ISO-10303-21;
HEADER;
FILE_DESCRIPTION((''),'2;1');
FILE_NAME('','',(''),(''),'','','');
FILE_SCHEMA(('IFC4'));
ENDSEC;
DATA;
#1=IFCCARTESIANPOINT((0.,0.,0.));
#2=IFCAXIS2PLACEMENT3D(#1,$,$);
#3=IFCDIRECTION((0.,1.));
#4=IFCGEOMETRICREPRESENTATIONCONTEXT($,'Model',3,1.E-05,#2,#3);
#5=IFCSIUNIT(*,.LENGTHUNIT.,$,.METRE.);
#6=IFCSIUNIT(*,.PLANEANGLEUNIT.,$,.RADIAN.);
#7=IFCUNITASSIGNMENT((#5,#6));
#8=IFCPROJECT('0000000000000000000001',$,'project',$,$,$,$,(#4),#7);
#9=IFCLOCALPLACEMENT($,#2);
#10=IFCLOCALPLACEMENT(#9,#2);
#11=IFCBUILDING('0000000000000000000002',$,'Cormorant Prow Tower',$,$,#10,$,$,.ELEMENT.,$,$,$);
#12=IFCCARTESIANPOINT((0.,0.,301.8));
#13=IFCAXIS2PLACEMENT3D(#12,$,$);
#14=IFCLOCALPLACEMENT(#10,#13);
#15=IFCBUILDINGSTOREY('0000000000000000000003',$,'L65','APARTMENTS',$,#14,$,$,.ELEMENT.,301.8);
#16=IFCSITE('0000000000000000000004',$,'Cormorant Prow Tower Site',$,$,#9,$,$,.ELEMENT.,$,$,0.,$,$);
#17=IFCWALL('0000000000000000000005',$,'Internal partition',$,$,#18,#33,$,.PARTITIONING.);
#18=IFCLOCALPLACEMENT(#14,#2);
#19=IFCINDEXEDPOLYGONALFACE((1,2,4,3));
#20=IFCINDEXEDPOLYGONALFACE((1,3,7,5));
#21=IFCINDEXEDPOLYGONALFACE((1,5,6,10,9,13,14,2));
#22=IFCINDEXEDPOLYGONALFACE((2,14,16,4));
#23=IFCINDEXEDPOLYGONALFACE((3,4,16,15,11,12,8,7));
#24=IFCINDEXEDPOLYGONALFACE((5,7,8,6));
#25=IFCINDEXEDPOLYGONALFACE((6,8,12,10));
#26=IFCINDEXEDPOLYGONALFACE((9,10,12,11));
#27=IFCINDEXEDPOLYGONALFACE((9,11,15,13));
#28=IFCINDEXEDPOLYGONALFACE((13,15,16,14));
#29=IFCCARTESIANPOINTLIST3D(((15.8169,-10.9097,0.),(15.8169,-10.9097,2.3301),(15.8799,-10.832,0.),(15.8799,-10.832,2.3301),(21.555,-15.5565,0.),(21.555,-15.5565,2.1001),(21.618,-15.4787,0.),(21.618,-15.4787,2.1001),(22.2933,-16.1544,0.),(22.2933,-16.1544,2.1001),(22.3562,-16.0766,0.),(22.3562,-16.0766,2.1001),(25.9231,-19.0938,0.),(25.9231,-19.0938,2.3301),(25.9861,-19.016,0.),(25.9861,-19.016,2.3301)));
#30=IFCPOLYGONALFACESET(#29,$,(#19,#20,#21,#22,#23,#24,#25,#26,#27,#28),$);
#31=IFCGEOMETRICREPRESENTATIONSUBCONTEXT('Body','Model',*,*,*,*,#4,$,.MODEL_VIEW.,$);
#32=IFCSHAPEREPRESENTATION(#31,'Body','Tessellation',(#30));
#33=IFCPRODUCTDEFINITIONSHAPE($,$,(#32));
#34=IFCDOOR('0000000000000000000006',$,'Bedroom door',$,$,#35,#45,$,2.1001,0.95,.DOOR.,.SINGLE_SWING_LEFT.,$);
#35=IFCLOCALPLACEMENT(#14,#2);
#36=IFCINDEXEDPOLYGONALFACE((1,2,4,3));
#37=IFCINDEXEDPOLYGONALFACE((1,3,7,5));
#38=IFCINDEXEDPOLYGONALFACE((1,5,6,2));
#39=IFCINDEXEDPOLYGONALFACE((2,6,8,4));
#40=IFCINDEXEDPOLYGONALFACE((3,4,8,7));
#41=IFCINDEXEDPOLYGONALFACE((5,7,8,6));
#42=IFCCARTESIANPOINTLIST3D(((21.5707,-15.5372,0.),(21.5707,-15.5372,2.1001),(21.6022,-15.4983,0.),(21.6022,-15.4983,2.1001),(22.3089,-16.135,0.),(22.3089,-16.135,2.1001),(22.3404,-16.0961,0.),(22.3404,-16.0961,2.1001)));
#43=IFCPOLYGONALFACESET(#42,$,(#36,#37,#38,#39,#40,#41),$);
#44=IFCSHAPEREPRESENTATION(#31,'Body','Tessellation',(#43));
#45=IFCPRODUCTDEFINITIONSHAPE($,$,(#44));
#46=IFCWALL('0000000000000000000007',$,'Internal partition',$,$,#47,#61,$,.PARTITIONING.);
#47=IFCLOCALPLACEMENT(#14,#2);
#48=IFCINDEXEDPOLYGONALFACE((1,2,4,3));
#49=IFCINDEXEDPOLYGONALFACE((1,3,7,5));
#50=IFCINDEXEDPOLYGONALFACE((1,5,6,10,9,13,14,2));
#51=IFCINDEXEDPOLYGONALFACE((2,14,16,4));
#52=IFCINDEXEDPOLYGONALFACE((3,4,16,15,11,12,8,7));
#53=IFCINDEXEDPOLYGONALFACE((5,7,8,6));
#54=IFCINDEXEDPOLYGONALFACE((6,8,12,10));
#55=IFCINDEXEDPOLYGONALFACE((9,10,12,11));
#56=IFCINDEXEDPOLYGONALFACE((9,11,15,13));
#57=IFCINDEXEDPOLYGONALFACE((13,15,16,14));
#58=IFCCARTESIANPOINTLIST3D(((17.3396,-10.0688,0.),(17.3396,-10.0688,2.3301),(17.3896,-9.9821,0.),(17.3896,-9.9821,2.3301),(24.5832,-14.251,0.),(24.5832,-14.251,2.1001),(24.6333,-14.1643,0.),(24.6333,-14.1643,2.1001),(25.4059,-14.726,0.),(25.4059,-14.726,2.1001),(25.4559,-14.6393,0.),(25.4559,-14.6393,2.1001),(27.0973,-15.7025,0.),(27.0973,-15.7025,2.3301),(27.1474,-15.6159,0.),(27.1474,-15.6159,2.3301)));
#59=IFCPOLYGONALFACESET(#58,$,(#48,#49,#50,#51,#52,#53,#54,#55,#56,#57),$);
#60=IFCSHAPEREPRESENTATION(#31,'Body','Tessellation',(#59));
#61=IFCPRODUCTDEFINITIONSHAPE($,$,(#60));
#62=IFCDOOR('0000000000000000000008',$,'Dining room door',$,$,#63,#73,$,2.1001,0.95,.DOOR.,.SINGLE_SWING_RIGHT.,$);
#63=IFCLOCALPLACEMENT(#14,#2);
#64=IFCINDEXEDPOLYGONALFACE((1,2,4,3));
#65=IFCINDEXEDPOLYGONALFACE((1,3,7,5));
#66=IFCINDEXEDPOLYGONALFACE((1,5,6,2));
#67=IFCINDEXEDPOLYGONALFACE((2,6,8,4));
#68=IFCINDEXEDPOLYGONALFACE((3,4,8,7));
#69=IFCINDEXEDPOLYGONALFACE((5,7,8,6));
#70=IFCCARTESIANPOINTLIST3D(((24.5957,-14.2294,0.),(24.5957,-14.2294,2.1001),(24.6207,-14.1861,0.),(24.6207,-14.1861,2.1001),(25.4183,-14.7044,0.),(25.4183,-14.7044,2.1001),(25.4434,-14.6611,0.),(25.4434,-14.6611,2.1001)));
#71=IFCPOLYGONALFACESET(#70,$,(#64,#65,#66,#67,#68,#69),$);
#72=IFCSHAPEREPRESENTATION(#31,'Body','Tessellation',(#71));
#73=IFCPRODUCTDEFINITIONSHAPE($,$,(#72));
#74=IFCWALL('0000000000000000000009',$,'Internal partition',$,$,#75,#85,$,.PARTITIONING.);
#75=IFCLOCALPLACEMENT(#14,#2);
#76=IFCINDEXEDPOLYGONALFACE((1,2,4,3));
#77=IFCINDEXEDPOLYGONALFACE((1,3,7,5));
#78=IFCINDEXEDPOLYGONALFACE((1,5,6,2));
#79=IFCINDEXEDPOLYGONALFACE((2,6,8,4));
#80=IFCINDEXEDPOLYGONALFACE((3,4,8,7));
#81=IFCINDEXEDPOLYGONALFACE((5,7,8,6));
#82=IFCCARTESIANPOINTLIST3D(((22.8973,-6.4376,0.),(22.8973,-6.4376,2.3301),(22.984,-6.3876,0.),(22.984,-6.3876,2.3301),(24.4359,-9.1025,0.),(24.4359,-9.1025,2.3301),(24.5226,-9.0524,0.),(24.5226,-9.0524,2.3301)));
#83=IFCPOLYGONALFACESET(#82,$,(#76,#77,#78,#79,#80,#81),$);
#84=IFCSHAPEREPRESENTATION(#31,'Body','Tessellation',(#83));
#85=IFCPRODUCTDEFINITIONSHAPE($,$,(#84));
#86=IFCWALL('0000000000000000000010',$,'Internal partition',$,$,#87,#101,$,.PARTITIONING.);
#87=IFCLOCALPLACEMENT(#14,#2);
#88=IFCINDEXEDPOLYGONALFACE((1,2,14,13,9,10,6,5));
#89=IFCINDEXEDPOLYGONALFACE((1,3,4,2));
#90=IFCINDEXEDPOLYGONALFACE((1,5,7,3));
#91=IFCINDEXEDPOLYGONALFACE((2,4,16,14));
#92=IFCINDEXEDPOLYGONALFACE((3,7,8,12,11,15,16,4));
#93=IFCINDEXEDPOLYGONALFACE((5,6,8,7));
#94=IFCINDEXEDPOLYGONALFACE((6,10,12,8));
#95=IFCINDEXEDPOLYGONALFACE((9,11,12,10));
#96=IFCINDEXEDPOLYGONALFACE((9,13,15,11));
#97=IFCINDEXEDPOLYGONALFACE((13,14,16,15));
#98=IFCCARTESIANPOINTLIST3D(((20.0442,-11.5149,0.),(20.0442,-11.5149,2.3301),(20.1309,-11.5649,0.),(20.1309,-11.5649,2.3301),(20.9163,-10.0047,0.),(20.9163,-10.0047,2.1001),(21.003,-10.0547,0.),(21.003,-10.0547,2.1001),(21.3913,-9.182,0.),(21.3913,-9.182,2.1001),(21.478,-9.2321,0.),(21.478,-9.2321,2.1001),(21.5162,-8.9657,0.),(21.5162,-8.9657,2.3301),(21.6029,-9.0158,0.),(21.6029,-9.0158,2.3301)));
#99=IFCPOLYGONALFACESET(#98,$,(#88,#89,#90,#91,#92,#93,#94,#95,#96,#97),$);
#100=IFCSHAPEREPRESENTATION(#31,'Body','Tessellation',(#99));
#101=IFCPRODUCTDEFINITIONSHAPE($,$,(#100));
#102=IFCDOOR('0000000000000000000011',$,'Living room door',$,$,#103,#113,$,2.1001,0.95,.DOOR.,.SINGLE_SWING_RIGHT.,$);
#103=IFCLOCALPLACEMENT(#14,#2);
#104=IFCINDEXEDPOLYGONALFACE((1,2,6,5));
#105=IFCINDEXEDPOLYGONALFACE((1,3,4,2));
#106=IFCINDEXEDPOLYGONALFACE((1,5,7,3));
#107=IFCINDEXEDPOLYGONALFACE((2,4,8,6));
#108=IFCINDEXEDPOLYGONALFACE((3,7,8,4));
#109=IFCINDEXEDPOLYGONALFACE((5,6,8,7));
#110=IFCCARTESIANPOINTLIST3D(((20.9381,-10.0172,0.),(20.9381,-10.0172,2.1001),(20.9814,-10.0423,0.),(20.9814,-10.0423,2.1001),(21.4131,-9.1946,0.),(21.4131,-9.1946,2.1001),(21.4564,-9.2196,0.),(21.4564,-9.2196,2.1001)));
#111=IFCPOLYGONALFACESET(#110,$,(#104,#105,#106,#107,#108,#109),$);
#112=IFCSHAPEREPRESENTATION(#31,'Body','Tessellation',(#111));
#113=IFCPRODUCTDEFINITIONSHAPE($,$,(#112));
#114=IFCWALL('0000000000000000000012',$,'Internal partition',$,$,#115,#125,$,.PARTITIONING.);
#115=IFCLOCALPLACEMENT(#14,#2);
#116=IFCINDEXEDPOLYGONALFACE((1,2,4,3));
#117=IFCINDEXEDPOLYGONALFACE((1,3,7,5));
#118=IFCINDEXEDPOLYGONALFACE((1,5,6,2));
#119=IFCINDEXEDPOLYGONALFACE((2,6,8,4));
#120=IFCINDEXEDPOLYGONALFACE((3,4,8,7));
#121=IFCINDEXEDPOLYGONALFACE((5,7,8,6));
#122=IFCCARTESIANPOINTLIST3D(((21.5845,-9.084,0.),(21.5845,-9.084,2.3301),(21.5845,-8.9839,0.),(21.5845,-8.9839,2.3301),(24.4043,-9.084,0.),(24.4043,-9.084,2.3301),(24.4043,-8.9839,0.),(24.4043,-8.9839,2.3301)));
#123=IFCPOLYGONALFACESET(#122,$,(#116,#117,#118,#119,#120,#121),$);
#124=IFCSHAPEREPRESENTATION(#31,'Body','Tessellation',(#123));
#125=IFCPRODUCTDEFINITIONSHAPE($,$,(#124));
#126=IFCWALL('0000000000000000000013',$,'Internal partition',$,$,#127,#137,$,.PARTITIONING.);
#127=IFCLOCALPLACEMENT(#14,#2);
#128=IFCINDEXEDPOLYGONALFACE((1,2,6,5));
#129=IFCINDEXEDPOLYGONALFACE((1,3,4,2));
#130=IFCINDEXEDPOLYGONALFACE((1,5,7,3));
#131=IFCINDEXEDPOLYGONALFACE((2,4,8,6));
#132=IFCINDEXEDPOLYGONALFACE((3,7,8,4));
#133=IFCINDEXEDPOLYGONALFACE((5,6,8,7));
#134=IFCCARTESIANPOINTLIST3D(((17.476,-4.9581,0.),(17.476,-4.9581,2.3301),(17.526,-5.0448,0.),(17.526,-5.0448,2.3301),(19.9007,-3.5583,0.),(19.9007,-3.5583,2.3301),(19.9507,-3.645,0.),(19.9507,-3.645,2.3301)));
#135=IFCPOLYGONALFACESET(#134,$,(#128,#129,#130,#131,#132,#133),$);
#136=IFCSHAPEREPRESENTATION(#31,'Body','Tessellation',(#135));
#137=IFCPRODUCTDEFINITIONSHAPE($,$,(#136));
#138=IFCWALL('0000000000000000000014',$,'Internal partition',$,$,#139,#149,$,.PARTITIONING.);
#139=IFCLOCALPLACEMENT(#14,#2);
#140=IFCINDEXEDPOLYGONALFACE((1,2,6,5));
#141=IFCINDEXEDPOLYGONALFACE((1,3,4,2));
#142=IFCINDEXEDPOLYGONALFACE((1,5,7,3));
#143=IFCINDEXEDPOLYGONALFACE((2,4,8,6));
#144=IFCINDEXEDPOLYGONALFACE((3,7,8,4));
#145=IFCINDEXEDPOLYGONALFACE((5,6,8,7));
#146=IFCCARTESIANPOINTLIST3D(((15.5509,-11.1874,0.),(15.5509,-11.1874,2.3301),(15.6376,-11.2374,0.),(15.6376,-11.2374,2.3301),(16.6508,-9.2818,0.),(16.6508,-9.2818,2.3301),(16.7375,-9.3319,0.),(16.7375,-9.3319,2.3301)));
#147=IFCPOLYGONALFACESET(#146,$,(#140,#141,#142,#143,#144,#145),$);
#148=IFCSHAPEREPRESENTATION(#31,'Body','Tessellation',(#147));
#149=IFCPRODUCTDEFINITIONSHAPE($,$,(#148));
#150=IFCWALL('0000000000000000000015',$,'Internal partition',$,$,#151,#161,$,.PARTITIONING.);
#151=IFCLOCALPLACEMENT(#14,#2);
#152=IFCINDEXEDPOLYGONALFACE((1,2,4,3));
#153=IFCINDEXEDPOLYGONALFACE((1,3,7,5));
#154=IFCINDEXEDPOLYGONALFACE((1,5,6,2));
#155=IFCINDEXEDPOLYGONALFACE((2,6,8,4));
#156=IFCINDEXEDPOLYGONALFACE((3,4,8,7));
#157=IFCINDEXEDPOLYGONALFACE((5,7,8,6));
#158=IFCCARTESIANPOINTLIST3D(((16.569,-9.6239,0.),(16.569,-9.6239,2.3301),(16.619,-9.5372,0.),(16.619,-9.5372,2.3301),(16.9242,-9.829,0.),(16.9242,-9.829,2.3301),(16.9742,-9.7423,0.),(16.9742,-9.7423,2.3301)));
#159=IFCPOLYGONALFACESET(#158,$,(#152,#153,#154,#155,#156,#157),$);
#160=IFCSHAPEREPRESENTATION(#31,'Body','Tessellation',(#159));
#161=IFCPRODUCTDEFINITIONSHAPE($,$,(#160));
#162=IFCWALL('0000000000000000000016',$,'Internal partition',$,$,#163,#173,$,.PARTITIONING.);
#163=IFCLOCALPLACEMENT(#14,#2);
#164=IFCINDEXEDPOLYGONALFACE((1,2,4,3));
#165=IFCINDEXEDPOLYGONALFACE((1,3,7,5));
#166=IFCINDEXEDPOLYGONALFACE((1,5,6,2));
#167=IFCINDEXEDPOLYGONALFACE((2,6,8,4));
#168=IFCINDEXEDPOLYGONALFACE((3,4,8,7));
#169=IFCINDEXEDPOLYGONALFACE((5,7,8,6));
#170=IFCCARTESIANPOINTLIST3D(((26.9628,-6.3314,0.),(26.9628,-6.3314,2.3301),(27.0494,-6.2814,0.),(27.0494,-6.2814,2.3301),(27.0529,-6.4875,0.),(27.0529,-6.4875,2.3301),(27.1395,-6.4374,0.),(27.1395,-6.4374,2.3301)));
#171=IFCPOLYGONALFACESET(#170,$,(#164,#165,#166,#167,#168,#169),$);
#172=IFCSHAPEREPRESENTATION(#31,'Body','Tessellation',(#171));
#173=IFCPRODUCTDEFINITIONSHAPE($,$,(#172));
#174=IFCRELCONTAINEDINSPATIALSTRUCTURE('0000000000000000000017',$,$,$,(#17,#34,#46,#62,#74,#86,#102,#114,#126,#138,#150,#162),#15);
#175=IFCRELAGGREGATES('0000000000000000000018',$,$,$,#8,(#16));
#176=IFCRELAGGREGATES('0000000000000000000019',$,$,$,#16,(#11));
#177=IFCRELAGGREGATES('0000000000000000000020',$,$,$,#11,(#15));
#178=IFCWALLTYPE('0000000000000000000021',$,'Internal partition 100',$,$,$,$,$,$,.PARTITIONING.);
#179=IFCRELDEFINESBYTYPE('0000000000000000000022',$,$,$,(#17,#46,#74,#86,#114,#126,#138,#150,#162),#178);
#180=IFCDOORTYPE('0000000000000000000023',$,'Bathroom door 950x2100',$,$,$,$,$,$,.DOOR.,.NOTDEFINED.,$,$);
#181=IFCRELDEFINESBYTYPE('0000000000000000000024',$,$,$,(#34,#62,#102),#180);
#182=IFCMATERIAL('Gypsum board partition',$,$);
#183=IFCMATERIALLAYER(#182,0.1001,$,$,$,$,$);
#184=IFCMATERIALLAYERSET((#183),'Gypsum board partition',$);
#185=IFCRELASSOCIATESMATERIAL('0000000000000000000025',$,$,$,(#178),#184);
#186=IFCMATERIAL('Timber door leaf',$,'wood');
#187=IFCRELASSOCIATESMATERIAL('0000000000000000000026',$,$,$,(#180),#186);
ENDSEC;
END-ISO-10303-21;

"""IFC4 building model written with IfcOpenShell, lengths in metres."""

from ifc_helpers import new_model, si_unit, direction, frame, frame_2d, origin, place, context, subcontext, project, spatial, rectangle, extrude, material, layer, layer_set, type_object, element, fill, save


model = new_model("IFC4")

# Units and contexts
model_context = context("Model", 3, precision=1e-05, world=origin(), true_north=direction((0.0, 1.0)))
body_context = subcontext(model_context, "Body", "Model", "MODEL_VIEW")
ifc_project = project(units=[si_unit("LENGTHUNIT", "METRE"), si_unit("PLANEANGLEUNIT", "RADIAN")], contexts=[model_context])

# Site, building, storey
site_placement = place(None, origin())
site = spatial("IfcSite", under=ifc_project, at=site_placement, Name="Cormorant Prow Tower Site", CompositionType="ELEMENT", RefElevation=0.0)
building_placement = place(site_placement, origin())
building = spatial("IfcBuilding", under=site, at=building_placement, Name="Cormorant Prow Tower", CompositionType="ELEMENT")
storey_placement = place(building_placement, frame((0.0, 0.0, 301.8)))
storey = spatial("IfcBuildingStorey", under=building, at=storey_placement, Name="L65", Description="APARTMENTS", CompositionType="ELEMENT", Elevation=301.8)

# Walls, openings, doors
ifc_material_1 = material(Name="Gypsum board partition")
ifc_layer_1 = layer(ifc_material_1, 0.1001)
ifc_layer_set_1 = layer_set([ifc_layer_1], Name="Gypsum board partition")
wall_type_1 = type_object("IfcWallType", Name="Internal partition 100", PredefinedType="PARTITIONING", material=ifc_layer_set_1)
wall_1_placement = place(storey_placement, frame((15.8484, -10.8708, 0.0), z_axis=(0.0, 0.0, 1.0), x_axis=(0.777137, -0.629332, 0.0)))
wall_1 = element("IfcWall", 1, at=wall_1_placement, inside=storey, type_object=wall_type_1, Name="Internal partition", PredefinedType="PARTITIONING", context=body_context, shape_type="SweptSolid", body=[
    extrude(rectangle(XDim=13.0044, YDim=0.1001, at=frame_2d((6.5022, 0.0))), origin(), (0.0, 0.0, 1.0), 2.3301),
])
opening_1_placement = place(wall_1_placement, frame((7.3835, 0.0, 0.0)))
opening_1 = element("IfcOpeningElement", 2, at=opening_1_placement, cuts=wall_1, PredefinedType="OPENING", context=body_context, shape_type="SweptSolid", body=[
    extrude(rectangle(XDim=0.95, YDim=2.1001, at=frame_2d((0.4751, 1.05))), frame((0.0, 0.0601, 0.0), z_axis=(0.0, -1.0, 0.0), x_axis=(1.0, 0.0, 0.0)), (0.0, 0.0, 1.0), 0.1201),
])
ifc_material_2 = material(Name="Timber door leaf", Category="wood")
door_type_1 = type_object("IfcDoorType", Name="Bathroom door 950x2100", OperationType="NOTDEFINED", PredefinedType="DOOR", material=ifc_material_2)
door_1_placement = place(opening_1_placement, origin())
door_1 = element("IfcDoor", 3, at=door_1_placement, inside=storey, type_object=door_type_1, Name="Bedroom door", OperationType="SINGLE_SWING_LEFT", OverallHeight=2.1001, OverallWidth=0.95, PredefinedType="DOOR", context=body_context, shape_type="SweptSolid", body=[
    extrude(rectangle(XDim=0.95, YDim=2.1001, at=frame_2d((0.4751, 1.05))), frame((0.0, 0.0249, 0.0), z_axis=(0.0, -1.0, 0.0), x_axis=(1.0, 0.0, 0.0)), (0.0, 0.0, 1.0), 0.05),
])
fill(opening_1, door_1)
wall_2_placement = place(storey_placement, frame((17.3645, -10.0254, 0.0), z_axis=(0.0, 0.0, 1.0), x_axis=(0.866021, -0.500008, 0.0)))
wall_2 = element("IfcWall", 4, at=wall_2_placement, inside=storey, type_object=wall_type_1, Name="Internal partition", PredefinedType="PARTITIONING", context=body_context, shape_type="SweptSolid", body=[
    extrude(rectangle(XDim=11.2673, YDim=0.1001, at=frame_2d((5.6338, 0.0))), origin(), (0.0, 0.0, 1.0), 2.3301),
])
opening_2_placement = place(wall_2_placement, frame((8.3643, 0.0, 0.0)))
opening_2 = element("IfcOpeningElement", 5, at=opening_2_placement, cuts=wall_2, PredefinedType="OPENING", context=body_context, shape_type="SweptSolid", body=[
    extrude(rectangle(XDim=0.95, YDim=2.1001, at=frame_2d((0.4751, 1.05))), frame((0.0, 0.0601, 0.0), z_axis=(0.0, -1.0, 0.0), x_axis=(1.0, 0.0, 0.0)), (0.0, 0.0, 1.0), 0.1201),
])
door_2_placement = place(opening_2_placement, origin())
door_2 = element("IfcDoor", 6, at=door_2_placement, inside=storey, type_object=door_type_1, Name="Dining room door", OperationType="SINGLE_SWING_RIGHT", OverallHeight=2.1001, OverallWidth=0.95, PredefinedType="DOOR", context=body_context, shape_type="SweptSolid", body=[
    extrude(rectangle(XDim=0.95, YDim=2.1001, at=frame_2d((0.4751, 1.05))), frame((0.0, 0.0249, 0.0), z_axis=(0.0, -1.0, 0.0), x_axis=(1.0, 0.0, 0.0)), (0.0, 0.0, 1.0), 0.05),
])
fill(opening_2, door_2)

# Wall
wall_3_placement = place(storey_placement, frame((22.9407, -6.4126, 0.0), z_axis=(0.0, 0.0, 1.0), x_axis=(0.500013, -0.866018, 0.0)))
element("IfcWall", 7, at=wall_3_placement, inside=storey, type_object=wall_type_1, Name="Internal partition", PredefinedType="PARTITIONING", context=body_context, shape_type="SweptSolid", body=[
    extrude(rectangle(XDim=3.0771, YDim=0.1001, at=frame_2d((1.5386, 0.0))), origin(), (0.0, 0.0, 1.0), 2.3301),
])

# Wall, opening, door
wall_4_placement = place(storey_placement, frame((20.0876, -11.5398, 0.0), z_axis=(0.0, 0.0, 1.0), x_axis=(0.500055, 0.865994, 0.0)))
wall_4 = element("IfcWall", 8, at=wall_4_placement, inside=storey, type_object=wall_type_1, Name="Internal partition", PredefinedType="PARTITIONING", context=body_context, shape_type="SweptSolid", body=[
    extrude(rectangle(XDim=2.9436, YDim=0.1001, at=frame_2d((1.4717, 0.0))), origin(), (0.0, 0.0, 1.0), 2.3301),
])
opening_3_placement = place(wall_4_placement, frame((1.7437, 0.0, 0.0)))
opening_3 = element("IfcOpeningElement", 9, at=opening_3_placement, cuts=wall_4, PredefinedType="OPENING", context=body_context, shape_type="SweptSolid", body=[
    extrude(rectangle(XDim=0.95, YDim=2.1001, at=frame_2d((0.4751, 1.05))), frame((0.0, 0.0601, 0.0), z_axis=(0.0, -1.0, 0.0), x_axis=(1.0, 0.0, 0.0)), (0.0, 0.0, 1.0), 0.1201),
])
door_3_placement = place(opening_3_placement, origin())
door_3 = element("IfcDoor", 10, at=door_3_placement, inside=storey, type_object=door_type_1, Name="Living room door", OperationType="SINGLE_SWING_RIGHT", OverallHeight=2.1001, OverallWidth=0.95, PredefinedType="DOOR", context=body_context, shape_type="SweptSolid", body=[
    extrude(rectangle(XDim=0.95, YDim=2.1001, at=frame_2d((0.4751, 1.05))), frame((0.0, 0.0249, 0.0), z_axis=(0.0, -1.0, 0.0), x_axis=(1.0, 0.0, 0.0)), (0.0, 0.0, 1.0), 0.05),
])
fill(opening_3, door_3)

# Walls
wall_5_placement = place(storey_placement, frame((21.5845, -9.0339, 0.0), z_axis=(0.0, 0.0, 1.0), x_axis=(1.0, 0.0, 0.0)))
element("IfcWall", 11, at=wall_5_placement, inside=storey, type_object=wall_type_1, Name="Internal partition", PredefinedType="PARTITIONING", context=body_context, shape_type="SweptSolid", body=[
    extrude(rectangle(XDim=2.8198, YDim=0.1001, at=frame_2d((1.4099, 0.0))), origin(), (0.0, 0.0, 1.0), 2.3301),
])
wall_6_placement = place(storey_placement, frame((17.501, -5.0015, 0.0), z_axis=(0.0, 0.0, 1.0), x_axis=(0.866035, 0.499984, 0.0)))
element("IfcWall", 12, at=wall_6_placement, inside=storey, type_object=wall_type_1, Name="Internal partition", PredefinedType="PARTITIONING", context=body_context, shape_type="SweptSolid", body=[
    extrude(rectangle(XDim=2.7998, YDim=0.1001, at=frame_2d((1.3999, 0.0))), origin(), (0.0, 0.0, 1.0), 2.3301),
])
wall_7_placement = place(storey_placement, frame((15.5942, -11.2124, 0.0), z_axis=(0.0, 0.0, 1.0), x_axis=(0.499899, 0.866084, 0.0)))
element("IfcWall", 13, at=wall_7_placement, inside=storey, type_object=wall_type_1, Name="Internal partition", PredefinedType="PARTITIONING", context=body_context, shape_type="SweptSolid", body=[
    extrude(rectangle(XDim=2.2002, YDim=0.1001, at=frame_2d((1.1001, 0.0))), origin(), (0.0, 0.0, 1.0), 2.3301),
])
wall_8_placement = place(storey_placement, frame((16.594, -9.5806, 0.0), z_axis=(0.0, 0.0, 1.0), x_axis=(0.866037, -0.49998, 0.0)))
element("IfcWall", 14, at=wall_8_placement, inside=storey, type_object=wall_type_1, Name="Internal partition", PredefinedType="PARTITIONING", context=body_context, shape_type="SweptSolid", body=[
    extrude(rectangle(XDim=0.4102, YDim=0.1001, at=frame_2d((0.2051, 0.0))), origin(), (0.0, 0.0, 1.0), 2.3301),
])
wall_9_placement = place(storey_placement, frame((27.0061, -6.3064, 0.0), z_axis=(0.0, 0.0, 1.0), x_axis=(0.500074, -0.865982, 0.0)))
element("IfcWall", 15, at=wall_9_placement, inside=storey, type_object=wall_type_1, Name="Internal partition", PredefinedType="PARTITIONING", context=body_context, shape_type="SweptSolid", body=[
    extrude(rectangle(XDim=0.1802, YDim=0.1001, at=frame_2d((0.0901, 0.0))), origin(), (0.0, 0.0, 1.0), 2.3301),
])

save(model, "model.ifc")
